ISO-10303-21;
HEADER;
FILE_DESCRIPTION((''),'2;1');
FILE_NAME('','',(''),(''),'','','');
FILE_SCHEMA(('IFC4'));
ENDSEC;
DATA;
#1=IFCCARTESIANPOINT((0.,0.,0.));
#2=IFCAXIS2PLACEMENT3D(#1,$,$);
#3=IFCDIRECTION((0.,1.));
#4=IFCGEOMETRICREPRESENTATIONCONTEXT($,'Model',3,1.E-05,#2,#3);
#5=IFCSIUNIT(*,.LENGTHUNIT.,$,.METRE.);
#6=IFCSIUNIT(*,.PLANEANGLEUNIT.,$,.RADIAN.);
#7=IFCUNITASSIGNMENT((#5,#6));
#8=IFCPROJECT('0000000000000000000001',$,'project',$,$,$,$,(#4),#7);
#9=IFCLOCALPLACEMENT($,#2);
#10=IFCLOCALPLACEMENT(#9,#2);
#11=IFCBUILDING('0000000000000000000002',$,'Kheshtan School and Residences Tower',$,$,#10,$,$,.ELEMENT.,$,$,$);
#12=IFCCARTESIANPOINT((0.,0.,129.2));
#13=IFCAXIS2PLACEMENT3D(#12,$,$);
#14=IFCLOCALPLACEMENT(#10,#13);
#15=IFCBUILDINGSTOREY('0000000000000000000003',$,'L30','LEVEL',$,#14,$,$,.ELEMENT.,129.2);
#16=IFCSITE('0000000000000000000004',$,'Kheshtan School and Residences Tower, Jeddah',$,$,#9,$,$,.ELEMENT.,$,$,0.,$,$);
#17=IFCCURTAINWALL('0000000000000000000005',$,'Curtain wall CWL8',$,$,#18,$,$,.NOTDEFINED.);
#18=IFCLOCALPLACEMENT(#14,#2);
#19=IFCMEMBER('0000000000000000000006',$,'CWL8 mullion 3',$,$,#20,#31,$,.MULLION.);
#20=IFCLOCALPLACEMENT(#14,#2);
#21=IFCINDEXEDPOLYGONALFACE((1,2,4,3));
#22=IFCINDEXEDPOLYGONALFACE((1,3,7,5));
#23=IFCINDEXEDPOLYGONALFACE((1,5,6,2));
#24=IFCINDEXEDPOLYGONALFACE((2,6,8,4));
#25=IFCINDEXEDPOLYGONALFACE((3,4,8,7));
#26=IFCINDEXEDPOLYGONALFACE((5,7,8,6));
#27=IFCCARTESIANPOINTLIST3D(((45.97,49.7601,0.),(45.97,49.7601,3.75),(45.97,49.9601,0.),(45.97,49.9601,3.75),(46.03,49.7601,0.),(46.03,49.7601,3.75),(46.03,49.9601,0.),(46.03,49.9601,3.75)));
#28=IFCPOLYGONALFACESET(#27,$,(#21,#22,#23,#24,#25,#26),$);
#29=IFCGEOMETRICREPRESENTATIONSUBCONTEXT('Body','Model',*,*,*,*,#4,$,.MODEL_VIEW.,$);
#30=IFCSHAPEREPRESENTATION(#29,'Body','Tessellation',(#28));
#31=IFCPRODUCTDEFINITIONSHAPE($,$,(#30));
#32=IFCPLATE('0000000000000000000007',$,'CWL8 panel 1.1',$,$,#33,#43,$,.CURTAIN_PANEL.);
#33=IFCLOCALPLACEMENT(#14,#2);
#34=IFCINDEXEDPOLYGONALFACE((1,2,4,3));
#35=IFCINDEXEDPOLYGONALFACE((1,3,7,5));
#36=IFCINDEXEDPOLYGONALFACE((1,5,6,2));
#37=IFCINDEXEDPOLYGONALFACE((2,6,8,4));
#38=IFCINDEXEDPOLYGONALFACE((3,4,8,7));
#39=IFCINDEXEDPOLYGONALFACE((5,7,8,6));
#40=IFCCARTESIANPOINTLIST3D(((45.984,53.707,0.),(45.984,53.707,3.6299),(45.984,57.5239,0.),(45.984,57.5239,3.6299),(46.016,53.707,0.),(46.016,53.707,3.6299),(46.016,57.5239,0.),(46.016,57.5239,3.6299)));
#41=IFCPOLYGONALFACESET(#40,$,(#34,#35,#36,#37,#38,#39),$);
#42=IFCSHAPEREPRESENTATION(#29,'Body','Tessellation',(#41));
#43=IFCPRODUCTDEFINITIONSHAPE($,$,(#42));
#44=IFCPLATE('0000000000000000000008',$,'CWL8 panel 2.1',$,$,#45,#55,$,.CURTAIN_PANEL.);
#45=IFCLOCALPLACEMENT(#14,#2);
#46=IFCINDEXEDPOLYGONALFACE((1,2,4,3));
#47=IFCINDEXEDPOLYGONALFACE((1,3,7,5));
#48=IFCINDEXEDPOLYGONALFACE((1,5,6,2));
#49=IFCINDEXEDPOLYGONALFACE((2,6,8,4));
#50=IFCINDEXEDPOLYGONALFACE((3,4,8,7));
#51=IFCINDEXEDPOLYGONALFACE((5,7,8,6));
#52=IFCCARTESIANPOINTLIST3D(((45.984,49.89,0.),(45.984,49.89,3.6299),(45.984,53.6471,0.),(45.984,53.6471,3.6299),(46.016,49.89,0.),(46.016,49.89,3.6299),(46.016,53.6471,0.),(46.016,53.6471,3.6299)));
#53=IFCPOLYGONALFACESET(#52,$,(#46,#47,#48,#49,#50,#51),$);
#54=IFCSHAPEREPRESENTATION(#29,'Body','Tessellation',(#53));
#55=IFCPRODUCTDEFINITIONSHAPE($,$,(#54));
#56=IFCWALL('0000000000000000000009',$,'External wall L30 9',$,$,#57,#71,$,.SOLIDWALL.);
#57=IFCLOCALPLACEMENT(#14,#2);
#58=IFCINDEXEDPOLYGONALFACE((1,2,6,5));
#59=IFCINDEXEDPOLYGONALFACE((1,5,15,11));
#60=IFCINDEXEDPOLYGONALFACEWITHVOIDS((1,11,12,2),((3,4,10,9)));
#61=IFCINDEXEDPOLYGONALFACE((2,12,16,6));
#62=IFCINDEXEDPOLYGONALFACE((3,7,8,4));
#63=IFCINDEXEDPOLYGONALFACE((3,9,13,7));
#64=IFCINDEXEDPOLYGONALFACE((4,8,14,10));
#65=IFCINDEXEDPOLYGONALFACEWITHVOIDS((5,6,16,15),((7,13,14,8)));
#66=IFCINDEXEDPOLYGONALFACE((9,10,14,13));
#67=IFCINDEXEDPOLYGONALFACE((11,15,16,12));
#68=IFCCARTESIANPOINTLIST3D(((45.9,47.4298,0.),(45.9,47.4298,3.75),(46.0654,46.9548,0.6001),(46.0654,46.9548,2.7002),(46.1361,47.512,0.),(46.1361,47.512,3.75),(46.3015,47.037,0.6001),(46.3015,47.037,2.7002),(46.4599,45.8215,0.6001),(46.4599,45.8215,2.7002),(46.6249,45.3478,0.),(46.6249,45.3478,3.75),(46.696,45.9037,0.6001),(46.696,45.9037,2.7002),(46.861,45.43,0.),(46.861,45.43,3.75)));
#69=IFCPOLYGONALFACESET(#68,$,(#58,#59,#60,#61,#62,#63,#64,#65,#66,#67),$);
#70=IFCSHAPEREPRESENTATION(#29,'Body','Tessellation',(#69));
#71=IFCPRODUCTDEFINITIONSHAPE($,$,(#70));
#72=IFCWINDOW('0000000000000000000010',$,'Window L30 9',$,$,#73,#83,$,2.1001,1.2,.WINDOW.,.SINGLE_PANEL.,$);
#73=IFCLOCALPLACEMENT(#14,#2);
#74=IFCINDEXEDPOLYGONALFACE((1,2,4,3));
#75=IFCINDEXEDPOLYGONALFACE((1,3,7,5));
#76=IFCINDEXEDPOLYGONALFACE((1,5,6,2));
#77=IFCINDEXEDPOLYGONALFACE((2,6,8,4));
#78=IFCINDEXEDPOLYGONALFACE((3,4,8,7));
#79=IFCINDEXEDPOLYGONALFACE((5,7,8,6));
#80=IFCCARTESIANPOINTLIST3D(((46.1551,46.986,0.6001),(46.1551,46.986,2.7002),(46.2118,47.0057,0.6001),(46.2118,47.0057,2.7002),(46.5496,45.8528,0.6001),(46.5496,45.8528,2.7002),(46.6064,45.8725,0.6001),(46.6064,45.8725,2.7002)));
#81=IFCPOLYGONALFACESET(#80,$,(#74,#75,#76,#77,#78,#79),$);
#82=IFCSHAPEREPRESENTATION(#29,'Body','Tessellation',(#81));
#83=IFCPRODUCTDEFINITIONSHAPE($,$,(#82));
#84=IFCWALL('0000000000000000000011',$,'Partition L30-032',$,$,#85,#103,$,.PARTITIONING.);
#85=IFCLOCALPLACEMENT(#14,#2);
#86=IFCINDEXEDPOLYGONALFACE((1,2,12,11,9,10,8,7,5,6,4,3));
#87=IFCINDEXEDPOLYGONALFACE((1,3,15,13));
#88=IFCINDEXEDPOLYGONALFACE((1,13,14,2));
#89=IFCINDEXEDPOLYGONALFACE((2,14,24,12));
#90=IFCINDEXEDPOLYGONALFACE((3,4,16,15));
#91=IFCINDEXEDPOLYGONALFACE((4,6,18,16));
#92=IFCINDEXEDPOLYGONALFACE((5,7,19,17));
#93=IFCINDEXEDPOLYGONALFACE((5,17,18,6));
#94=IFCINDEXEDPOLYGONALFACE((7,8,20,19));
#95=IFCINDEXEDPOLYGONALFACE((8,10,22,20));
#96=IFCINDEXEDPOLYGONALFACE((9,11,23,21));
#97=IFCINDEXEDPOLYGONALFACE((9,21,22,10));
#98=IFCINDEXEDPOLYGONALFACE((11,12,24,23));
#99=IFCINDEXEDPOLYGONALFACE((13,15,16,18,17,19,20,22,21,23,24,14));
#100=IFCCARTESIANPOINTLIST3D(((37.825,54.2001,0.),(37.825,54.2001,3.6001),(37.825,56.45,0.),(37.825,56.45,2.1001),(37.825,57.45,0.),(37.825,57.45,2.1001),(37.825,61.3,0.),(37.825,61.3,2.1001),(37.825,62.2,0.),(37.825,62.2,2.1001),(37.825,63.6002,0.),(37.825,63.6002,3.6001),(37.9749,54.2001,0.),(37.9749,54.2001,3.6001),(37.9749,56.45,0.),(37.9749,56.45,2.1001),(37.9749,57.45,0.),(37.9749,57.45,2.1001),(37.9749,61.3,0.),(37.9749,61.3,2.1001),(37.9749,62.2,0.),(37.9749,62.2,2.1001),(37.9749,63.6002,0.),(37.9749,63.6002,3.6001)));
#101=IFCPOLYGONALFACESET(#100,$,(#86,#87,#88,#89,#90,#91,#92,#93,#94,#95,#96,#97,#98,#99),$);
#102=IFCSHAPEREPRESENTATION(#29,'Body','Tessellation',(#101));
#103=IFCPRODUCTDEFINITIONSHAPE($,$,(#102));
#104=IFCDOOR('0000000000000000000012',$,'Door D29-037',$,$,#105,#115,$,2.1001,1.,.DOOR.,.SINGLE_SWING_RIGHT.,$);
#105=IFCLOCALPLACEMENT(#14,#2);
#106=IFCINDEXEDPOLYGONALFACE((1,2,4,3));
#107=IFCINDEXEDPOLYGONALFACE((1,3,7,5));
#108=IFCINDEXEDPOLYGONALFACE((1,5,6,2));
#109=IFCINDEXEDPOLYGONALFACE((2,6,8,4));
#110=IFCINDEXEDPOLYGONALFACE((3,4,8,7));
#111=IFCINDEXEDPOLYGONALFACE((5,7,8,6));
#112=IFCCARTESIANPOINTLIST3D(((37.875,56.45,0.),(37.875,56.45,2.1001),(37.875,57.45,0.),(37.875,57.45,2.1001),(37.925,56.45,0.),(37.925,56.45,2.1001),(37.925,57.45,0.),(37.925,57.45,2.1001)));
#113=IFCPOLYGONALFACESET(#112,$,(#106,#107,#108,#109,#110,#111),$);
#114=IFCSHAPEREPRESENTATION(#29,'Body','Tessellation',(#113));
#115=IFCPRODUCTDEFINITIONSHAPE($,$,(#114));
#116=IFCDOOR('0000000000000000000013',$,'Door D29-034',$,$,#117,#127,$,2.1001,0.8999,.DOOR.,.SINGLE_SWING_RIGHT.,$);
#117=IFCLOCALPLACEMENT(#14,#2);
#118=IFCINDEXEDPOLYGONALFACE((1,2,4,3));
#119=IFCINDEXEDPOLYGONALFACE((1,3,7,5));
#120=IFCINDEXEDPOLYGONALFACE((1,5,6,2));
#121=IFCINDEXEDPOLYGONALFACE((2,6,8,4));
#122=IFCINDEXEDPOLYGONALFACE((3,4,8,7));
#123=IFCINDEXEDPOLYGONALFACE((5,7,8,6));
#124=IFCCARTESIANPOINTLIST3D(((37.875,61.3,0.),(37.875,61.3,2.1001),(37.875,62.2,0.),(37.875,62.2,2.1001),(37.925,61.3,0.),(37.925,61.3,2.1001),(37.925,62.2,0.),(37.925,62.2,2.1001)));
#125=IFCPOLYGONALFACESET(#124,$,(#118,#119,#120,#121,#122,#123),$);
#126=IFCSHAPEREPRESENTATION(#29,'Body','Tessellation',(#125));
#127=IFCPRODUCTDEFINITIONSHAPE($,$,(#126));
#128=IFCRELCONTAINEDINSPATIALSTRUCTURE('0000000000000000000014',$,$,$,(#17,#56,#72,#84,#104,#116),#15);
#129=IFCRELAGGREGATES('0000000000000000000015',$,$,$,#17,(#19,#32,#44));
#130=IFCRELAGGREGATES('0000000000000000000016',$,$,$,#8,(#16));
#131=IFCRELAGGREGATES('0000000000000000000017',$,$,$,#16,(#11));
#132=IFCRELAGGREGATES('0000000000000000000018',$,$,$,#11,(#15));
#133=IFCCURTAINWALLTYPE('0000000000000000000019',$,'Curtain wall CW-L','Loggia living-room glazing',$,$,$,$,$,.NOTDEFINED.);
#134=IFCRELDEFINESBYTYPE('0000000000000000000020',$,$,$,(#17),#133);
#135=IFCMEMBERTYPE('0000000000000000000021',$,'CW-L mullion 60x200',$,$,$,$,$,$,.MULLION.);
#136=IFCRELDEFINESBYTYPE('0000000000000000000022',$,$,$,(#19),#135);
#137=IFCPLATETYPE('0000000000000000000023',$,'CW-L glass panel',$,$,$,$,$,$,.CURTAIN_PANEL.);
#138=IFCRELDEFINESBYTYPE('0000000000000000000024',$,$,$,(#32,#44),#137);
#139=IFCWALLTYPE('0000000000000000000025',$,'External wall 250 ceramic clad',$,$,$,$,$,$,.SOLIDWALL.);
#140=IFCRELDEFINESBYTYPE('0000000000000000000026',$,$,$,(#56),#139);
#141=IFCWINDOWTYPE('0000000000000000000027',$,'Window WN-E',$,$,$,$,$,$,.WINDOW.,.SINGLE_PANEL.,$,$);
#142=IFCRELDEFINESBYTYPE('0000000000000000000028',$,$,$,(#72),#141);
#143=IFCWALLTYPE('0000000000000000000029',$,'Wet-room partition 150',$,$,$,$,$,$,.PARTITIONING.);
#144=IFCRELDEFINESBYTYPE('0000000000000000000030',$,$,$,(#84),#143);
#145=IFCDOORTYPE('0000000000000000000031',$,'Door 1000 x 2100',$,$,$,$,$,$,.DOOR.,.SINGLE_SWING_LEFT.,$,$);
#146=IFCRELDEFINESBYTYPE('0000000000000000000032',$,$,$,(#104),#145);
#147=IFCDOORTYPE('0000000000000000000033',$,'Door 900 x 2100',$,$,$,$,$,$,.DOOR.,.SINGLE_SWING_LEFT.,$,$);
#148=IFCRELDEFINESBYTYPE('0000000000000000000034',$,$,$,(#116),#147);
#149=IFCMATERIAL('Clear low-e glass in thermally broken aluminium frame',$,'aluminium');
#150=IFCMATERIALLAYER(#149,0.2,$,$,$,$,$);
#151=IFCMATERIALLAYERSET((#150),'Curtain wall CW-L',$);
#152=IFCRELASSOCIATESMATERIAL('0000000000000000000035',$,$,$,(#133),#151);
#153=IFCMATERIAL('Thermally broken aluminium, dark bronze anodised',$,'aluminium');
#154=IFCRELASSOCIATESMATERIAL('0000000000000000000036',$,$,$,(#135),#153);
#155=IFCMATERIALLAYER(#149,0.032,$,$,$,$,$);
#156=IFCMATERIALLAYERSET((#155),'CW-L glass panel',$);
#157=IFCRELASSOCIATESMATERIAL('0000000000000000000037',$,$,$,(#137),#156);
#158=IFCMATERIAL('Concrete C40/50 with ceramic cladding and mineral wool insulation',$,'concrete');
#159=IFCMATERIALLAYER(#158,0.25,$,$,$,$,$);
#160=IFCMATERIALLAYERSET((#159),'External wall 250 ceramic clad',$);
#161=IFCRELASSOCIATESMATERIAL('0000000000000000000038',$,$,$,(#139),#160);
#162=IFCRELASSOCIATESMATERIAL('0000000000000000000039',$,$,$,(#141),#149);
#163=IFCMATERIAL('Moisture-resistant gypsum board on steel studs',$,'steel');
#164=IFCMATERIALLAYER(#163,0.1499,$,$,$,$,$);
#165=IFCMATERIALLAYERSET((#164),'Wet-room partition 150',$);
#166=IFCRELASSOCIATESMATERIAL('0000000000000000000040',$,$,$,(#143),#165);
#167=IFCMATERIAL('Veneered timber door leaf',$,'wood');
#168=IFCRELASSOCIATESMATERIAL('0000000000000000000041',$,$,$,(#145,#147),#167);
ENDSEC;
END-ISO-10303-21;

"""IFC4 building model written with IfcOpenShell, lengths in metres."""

from ifc_helpers import new_model, si_unit, direction, frame, frame_2d, origin, origin_2d, place, context, subcontext, project, spatial, rectangle, extrude, source, transform, mapped, material, layer, layer_set, material_profile, profile_set, type_object, element, fill, aggregate, save


model = new_model("IFC4")

# Units and contexts
model_context = context("Model", 3, precision=1e-05, world=origin(), true_north=direction((0.0, 1.0)))
body_context = subcontext(model_context, "Body", "Model", "MODEL_VIEW")
ifc_project = project(units=[si_unit("LENGTHUNIT", "METRE"), si_unit("PLANEANGLEUNIT", "RADIAN")], contexts=[model_context])

# Site, building, storey
site_placement = place(None, origin())
site = spatial("IfcSite", under=ifc_project, at=site_placement, Name="Kheshtan School and Residences Tower, Jeddah", CompositionType="ELEMENT", RefElevation=0.0)
building_placement = place(site_placement, origin())
building = spatial("IfcBuilding", under=site, at=building_placement, Name="Kheshtan School and Residences Tower", CompositionType="ELEMENT")
storey_placement = place(building_placement, frame((0.0, 0.0, 129.2)))
storey = spatial("IfcBuildingStorey", under=building, at=storey_placement, Name="L30", Description="LEVEL", CompositionType="ELEMENT", Elevation=129.2)

# Curtain wall, member, plates
ifc_material_1 = material(Name="Clear low-e glass in thermally broken aluminium frame", Category="aluminium")
ifc_layer_1 = layer(ifc_material_1, 0.2)
ifc_layer_set_1 = layer_set([ifc_layer_1], Name="Curtain wall CW-L")
curtain_wall_type = type_object("IfcCurtainWallType", Name="Curtain wall CW-L", Description="Loggia living-room glazing", PredefinedType="NOTDEFINED", material=ifc_layer_set_1)
curtain_wall_placement = place(storey_placement, origin())
curtain_wall = element("IfcCurtainWall", 1, at=curtain_wall_placement, inside=storey, type_object=curtain_wall_type, Name="Curtain wall CWL8", PredefinedType="NOTDEFINED")
ifc_material_2 = material(Name="Thermally broken aluminium, dark bronze anodised", Category="aluminium")
ifc_material_profile_1 = material_profile(ifc_material_2, rectangle(XDim=0.0601, YDim=0.2, at=origin_2d()), Name="CW-L mullion 60x200")
ifc_profile_set_1 = profile_set([ifc_material_profile_1], Name="Thermally broken aluminium, dark bronze anodised")
member_type = type_object("IfcMemberType", Name="CW-L mullion 60x200", PredefinedType="MULLION", material=ifc_profile_set_1)
member_1_placement = place(storey_placement, frame((46.0, 49.8601, 0.0), z_axis=(0.0, 0.0, 1.0), x_axis=(1.0, 0.0, 0.0)))
member_1 = element("IfcMember", 2, at=member_1_placement, type_object=member_type, Name="CWL8 mullion 3", PredefinedType="MULLION", context=body_context, shape_type="SweptSolid", body=[
    extrude(rectangle(XDim=0.0601, YDim=0.2, at=origin_2d()), origin(), (0.0, 0.0, 1.0), 3.75),
])
ifc_layer_2 = layer(ifc_material_1, 0.032)
ifc_layer_set_2 = layer_set([ifc_layer_2], Name="CW-L glass panel")
plate_type = type_object("IfcPlateType", Name="CW-L glass panel", PredefinedType="CURTAIN_PANEL", material=ifc_layer_set_2)
plate_1_placement = place(storey_placement, frame((46.0, 55.6155, 0.0), z_axis=(0.0, 0.0, 1.0), x_axis=(0.0, -1.0, 0.0)))
plate_1 = element("IfcPlate", 3, at=plate_1_placement, type_object=plate_type, Name="CWL8 panel 1.1", PredefinedType="CURTAIN_PANEL", context=body_context, shape_type="SweptSolid", body=[
    extrude(rectangle(XDim=3.8169, YDim=0.032, at=origin_2d()), origin(), (0.0, 0.0, 1.0), 3.6299),
])
plate_2_placement = place(storey_placement, frame((46.0, 51.7686, 0.0), z_axis=(0.0, 0.0, 1.0), x_axis=(0.0, -1.0, 0.0)))
plate_2 = element("IfcPlate", 4, at=plate_2_placement, type_object=plate_type, Name="CWL8 panel 2.1", PredefinedType="CURTAIN_PANEL", context=body_context, shape_type="SweptSolid", body=[
    extrude(rectangle(XDim=3.7571, YDim=0.032, at=origin_2d()), origin(), (0.0, 0.0, 1.0), 3.6299),
])
aggregate(curtain_wall, [member_1, plate_1, plate_2])

# Wall, opening, window
ifc_material_3 = material(Name="Concrete C40/50 with ceramic cladding and mineral wool insulation", Category="concrete")
ifc_layer_3 = layer(ifc_material_3, 0.25)
ifc_layer_set_3 = layer_set([ifc_layer_3], Name="External wall 250 ceramic clad")
wall_type_1 = type_object("IfcWallType", Name="External wall 250 ceramic clad", PredefinedType="SOLIDWALL", material=ifc_layer_set_3)
wall_1_placement = place(storey_placement, frame((46.0181, 47.4709, 0.0), z_axis=(0.0, 0.0, 1.0), x_axis=(0.328791, -0.944403, 0.0)))
wall_1 = element("IfcWall", 5, at=wall_1_placement, inside=storey, type_object=wall_type_1, Name="External wall L30 9", PredefinedType="SOLIDWALL", context=body_context, shape_type="SweptSolid", body=[
    extrude(rectangle(XDim=2.2046, YDim=0.25, at=frame_2d((1.1023, 0.0))), origin(), (0.0, 0.0, 1.0), 3.75),
])
opening_1_placement = place(wall_1_placement, frame((0.5029, 0.0, 0.6001)))
opening_1 = element("IfcOpeningElement", 6, at=opening_1_placement, cuts=wall_1, PredefinedType="OPENING", context=body_context, shape_type="SweptSolid", body=[
    extrude(rectangle(XDim=1.2, YDim=2.1001, at=frame_2d((0.6001, 1.05))), frame((0.0, 0.135, 0.0), z_axis=(0.0, -1.0, 0.0), x_axis=(1.0, 0.0, 0.0)), (0.0, 0.0, 1.0), 0.27),
])
window_type = type_object("IfcWindowType", Name="Window WN-E", PartitioningType="SINGLE_PANEL", PredefinedType="WINDOW", material=ifc_material_1)
shared_shape_1 = source(origin(), body_context, "Body", "SweptSolid", [
    extrude(rectangle(XDim=1.2, YDim=2.1001, at=frame_2d((0.6001, 1.05))), frame((0.0, 0.03, 0.0), z_axis=(0.0, -1.0, 0.0), x_axis=(1.0, 0.0, 0.0)), (0.0, 0.0, 1.0), 0.0601),
])
window_placement = place(opening_1_placement, origin())
window = element("IfcWindow", 7, at=window_placement, inside=storey, type_object=window_type, Name="Window L30 9", OverallHeight=2.1001, OverallWidth=1.2, PartitioningType="SINGLE_PANEL", PredefinedType="WINDOW", context=body_context, shape_type="MappedRepresentation", body=[
    mapped(shared_shape_1, transform((0.0, 0.0, 0.0), x_axis=(1.0, 0.0, 0.0), y_axis=(0.0, 1.0, 0.0), z_axis=(0.0, 0.0, 1.0), scale=1.0)),
])
fill(opening_1, window)

# Wall, openings, doors
ifc_material_4 = material(Name="Moisture-resistant gypsum board on steel studs", Category="steel")
ifc_layer_4 = layer(ifc_material_4, 0.1499)
ifc_layer_set_4 = layer_set([ifc_layer_4], Name="Wet-room partition 150")
wall_type_2 = type_object("IfcWallType", Name="Wet-room partition 150", PredefinedType="PARTITIONING", material=ifc_layer_set_4)
wall_2_placement = place(storey_placement, frame((37.8999, 54.2, 0.0), z_axis=(0.0, 0.0, 1.0), x_axis=(0.0, 1.0, 0.0)))
wall_2 = element("IfcWall", 8, at=wall_2_placement, inside=storey, type_object=wall_type_2, Name="Partition L30-032", PredefinedType="PARTITIONING", context=body_context, shape_type="SweptSolid", body=[
    extrude(rectangle(XDim=9.4001, YDim=0.1499, at=frame_2d((4.7002, 0.0))), origin(), (0.0, 0.0, 1.0), 3.6001),
])
opening_2_placement = place(wall_2_placement, frame((7.1001, 0.0, 0.0)))
opening_2 = element("IfcOpeningElement", 9, at=opening_2_placement, cuts=wall_2, PredefinedType="OPENING", context=body_context, shape_type="SweptSolid", body=[
    extrude(rectangle(XDim=0.8999, YDim=2.1001, at=frame_2d((0.45, 1.05))), frame((0.0, 0.085, 0.0), z_axis=(0.0, -1.0, 0.0), x_axis=(1.0, 0.0, 0.0)), (0.0, 0.0, 1.0), 0.1699),
])
opening_3_placement = place(wall_2_placement, frame((2.25, 0.0, 0.0)))
opening_3 = element("IfcOpeningElement", 10, at=opening_3_placement, cuts=wall_2, PredefinedType="OPENING", context=body_context, shape_type="SweptSolid", body=[
    extrude(rectangle(XDim=1.0, YDim=2.1001, at=frame_2d((0.5, 1.05))), frame((0.0, 0.085, 0.0), z_axis=(0.0, -1.0, 0.0), x_axis=(1.0, 0.0, 0.0)), (0.0, 0.0, 1.0), 0.1699),
])
ifc_material_5 = material(Name="Veneered timber door leaf", Category="wood")
door_type_1 = type_object("IfcDoorType", Name="Door 1000 x 2100", OperationType="SINGLE_SWING_LEFT", PredefinedType="DOOR", material=ifc_material_5)
shared_shape_2 = source(origin(), body_context, "Body", "SweptSolid", [
    extrude(rectangle(XDim=1.0, YDim=2.1001, at=frame_2d((0.5, 1.05))), frame((0.0, 0.0249, 0.0), z_axis=(0.0, -1.0, 0.0), x_axis=(1.0, 0.0, 0.0)), (0.0, 0.0, 1.0), 0.05),
])
door_1_placement = place(opening_3_placement, origin())
door_1 = element("IfcDoor", 11, at=door_1_placement, inside=storey, type_object=door_type_1, Name="Door D29-037", OperationType="SINGLE_SWING_RIGHT", OverallHeight=2.1001, OverallWidth=1.0, PredefinedType="DOOR", context=body_context, shape_type="MappedRepresentation", body=[
    mapped(shared_shape_2, transform((0.0, 0.0, 0.0), x_axis=(1.0, 0.0, 0.0), y_axis=(0.0, 1.0, 0.0), z_axis=(0.0, 0.0, 1.0), scale=1.0)),
])
fill(opening_3, door_1)
door_type_2 = type_object("IfcDoorType", Name="Door 900 x 2100", OperationType="SINGLE_SWING_LEFT", PredefinedType="DOOR", material=ifc_material_5)
shared_shape_3 = source(origin(), body_context, "Body", "SweptSolid", [
    extrude(rectangle(XDim=0.8999, YDim=2.1001, at=frame_2d((0.45, 1.05))), frame((0.0, 0.0249, 0.0), z_axis=(0.0, -1.0, 0.0), x_axis=(1.0, 0.0, 0.0)), (0.0, 0.0, 1.0), 0.05),
])
door_2_placement = place(opening_2_placement, origin())
door_2 = element("IfcDoor", 12, at=door_2_placement, inside=storey, type_object=door_type_2, Name="Door D29-034", OperationType="SINGLE_SWING_RIGHT", OverallHeight=2.1001, OverallWidth=0.8999, PredefinedType="DOOR", context=body_context, shape_type="MappedRepresentation", body=[
    mapped(shared_shape_3, transform((0.0, 0.0, 0.0), x_axis=(1.0, 0.0, 0.0), y_axis=(0.0, 1.0, 0.0), z_axis=(0.0, 0.0, 1.0), scale=1.0)),
])
fill(opening_2, door_2)

save(model, "model.ifc")
